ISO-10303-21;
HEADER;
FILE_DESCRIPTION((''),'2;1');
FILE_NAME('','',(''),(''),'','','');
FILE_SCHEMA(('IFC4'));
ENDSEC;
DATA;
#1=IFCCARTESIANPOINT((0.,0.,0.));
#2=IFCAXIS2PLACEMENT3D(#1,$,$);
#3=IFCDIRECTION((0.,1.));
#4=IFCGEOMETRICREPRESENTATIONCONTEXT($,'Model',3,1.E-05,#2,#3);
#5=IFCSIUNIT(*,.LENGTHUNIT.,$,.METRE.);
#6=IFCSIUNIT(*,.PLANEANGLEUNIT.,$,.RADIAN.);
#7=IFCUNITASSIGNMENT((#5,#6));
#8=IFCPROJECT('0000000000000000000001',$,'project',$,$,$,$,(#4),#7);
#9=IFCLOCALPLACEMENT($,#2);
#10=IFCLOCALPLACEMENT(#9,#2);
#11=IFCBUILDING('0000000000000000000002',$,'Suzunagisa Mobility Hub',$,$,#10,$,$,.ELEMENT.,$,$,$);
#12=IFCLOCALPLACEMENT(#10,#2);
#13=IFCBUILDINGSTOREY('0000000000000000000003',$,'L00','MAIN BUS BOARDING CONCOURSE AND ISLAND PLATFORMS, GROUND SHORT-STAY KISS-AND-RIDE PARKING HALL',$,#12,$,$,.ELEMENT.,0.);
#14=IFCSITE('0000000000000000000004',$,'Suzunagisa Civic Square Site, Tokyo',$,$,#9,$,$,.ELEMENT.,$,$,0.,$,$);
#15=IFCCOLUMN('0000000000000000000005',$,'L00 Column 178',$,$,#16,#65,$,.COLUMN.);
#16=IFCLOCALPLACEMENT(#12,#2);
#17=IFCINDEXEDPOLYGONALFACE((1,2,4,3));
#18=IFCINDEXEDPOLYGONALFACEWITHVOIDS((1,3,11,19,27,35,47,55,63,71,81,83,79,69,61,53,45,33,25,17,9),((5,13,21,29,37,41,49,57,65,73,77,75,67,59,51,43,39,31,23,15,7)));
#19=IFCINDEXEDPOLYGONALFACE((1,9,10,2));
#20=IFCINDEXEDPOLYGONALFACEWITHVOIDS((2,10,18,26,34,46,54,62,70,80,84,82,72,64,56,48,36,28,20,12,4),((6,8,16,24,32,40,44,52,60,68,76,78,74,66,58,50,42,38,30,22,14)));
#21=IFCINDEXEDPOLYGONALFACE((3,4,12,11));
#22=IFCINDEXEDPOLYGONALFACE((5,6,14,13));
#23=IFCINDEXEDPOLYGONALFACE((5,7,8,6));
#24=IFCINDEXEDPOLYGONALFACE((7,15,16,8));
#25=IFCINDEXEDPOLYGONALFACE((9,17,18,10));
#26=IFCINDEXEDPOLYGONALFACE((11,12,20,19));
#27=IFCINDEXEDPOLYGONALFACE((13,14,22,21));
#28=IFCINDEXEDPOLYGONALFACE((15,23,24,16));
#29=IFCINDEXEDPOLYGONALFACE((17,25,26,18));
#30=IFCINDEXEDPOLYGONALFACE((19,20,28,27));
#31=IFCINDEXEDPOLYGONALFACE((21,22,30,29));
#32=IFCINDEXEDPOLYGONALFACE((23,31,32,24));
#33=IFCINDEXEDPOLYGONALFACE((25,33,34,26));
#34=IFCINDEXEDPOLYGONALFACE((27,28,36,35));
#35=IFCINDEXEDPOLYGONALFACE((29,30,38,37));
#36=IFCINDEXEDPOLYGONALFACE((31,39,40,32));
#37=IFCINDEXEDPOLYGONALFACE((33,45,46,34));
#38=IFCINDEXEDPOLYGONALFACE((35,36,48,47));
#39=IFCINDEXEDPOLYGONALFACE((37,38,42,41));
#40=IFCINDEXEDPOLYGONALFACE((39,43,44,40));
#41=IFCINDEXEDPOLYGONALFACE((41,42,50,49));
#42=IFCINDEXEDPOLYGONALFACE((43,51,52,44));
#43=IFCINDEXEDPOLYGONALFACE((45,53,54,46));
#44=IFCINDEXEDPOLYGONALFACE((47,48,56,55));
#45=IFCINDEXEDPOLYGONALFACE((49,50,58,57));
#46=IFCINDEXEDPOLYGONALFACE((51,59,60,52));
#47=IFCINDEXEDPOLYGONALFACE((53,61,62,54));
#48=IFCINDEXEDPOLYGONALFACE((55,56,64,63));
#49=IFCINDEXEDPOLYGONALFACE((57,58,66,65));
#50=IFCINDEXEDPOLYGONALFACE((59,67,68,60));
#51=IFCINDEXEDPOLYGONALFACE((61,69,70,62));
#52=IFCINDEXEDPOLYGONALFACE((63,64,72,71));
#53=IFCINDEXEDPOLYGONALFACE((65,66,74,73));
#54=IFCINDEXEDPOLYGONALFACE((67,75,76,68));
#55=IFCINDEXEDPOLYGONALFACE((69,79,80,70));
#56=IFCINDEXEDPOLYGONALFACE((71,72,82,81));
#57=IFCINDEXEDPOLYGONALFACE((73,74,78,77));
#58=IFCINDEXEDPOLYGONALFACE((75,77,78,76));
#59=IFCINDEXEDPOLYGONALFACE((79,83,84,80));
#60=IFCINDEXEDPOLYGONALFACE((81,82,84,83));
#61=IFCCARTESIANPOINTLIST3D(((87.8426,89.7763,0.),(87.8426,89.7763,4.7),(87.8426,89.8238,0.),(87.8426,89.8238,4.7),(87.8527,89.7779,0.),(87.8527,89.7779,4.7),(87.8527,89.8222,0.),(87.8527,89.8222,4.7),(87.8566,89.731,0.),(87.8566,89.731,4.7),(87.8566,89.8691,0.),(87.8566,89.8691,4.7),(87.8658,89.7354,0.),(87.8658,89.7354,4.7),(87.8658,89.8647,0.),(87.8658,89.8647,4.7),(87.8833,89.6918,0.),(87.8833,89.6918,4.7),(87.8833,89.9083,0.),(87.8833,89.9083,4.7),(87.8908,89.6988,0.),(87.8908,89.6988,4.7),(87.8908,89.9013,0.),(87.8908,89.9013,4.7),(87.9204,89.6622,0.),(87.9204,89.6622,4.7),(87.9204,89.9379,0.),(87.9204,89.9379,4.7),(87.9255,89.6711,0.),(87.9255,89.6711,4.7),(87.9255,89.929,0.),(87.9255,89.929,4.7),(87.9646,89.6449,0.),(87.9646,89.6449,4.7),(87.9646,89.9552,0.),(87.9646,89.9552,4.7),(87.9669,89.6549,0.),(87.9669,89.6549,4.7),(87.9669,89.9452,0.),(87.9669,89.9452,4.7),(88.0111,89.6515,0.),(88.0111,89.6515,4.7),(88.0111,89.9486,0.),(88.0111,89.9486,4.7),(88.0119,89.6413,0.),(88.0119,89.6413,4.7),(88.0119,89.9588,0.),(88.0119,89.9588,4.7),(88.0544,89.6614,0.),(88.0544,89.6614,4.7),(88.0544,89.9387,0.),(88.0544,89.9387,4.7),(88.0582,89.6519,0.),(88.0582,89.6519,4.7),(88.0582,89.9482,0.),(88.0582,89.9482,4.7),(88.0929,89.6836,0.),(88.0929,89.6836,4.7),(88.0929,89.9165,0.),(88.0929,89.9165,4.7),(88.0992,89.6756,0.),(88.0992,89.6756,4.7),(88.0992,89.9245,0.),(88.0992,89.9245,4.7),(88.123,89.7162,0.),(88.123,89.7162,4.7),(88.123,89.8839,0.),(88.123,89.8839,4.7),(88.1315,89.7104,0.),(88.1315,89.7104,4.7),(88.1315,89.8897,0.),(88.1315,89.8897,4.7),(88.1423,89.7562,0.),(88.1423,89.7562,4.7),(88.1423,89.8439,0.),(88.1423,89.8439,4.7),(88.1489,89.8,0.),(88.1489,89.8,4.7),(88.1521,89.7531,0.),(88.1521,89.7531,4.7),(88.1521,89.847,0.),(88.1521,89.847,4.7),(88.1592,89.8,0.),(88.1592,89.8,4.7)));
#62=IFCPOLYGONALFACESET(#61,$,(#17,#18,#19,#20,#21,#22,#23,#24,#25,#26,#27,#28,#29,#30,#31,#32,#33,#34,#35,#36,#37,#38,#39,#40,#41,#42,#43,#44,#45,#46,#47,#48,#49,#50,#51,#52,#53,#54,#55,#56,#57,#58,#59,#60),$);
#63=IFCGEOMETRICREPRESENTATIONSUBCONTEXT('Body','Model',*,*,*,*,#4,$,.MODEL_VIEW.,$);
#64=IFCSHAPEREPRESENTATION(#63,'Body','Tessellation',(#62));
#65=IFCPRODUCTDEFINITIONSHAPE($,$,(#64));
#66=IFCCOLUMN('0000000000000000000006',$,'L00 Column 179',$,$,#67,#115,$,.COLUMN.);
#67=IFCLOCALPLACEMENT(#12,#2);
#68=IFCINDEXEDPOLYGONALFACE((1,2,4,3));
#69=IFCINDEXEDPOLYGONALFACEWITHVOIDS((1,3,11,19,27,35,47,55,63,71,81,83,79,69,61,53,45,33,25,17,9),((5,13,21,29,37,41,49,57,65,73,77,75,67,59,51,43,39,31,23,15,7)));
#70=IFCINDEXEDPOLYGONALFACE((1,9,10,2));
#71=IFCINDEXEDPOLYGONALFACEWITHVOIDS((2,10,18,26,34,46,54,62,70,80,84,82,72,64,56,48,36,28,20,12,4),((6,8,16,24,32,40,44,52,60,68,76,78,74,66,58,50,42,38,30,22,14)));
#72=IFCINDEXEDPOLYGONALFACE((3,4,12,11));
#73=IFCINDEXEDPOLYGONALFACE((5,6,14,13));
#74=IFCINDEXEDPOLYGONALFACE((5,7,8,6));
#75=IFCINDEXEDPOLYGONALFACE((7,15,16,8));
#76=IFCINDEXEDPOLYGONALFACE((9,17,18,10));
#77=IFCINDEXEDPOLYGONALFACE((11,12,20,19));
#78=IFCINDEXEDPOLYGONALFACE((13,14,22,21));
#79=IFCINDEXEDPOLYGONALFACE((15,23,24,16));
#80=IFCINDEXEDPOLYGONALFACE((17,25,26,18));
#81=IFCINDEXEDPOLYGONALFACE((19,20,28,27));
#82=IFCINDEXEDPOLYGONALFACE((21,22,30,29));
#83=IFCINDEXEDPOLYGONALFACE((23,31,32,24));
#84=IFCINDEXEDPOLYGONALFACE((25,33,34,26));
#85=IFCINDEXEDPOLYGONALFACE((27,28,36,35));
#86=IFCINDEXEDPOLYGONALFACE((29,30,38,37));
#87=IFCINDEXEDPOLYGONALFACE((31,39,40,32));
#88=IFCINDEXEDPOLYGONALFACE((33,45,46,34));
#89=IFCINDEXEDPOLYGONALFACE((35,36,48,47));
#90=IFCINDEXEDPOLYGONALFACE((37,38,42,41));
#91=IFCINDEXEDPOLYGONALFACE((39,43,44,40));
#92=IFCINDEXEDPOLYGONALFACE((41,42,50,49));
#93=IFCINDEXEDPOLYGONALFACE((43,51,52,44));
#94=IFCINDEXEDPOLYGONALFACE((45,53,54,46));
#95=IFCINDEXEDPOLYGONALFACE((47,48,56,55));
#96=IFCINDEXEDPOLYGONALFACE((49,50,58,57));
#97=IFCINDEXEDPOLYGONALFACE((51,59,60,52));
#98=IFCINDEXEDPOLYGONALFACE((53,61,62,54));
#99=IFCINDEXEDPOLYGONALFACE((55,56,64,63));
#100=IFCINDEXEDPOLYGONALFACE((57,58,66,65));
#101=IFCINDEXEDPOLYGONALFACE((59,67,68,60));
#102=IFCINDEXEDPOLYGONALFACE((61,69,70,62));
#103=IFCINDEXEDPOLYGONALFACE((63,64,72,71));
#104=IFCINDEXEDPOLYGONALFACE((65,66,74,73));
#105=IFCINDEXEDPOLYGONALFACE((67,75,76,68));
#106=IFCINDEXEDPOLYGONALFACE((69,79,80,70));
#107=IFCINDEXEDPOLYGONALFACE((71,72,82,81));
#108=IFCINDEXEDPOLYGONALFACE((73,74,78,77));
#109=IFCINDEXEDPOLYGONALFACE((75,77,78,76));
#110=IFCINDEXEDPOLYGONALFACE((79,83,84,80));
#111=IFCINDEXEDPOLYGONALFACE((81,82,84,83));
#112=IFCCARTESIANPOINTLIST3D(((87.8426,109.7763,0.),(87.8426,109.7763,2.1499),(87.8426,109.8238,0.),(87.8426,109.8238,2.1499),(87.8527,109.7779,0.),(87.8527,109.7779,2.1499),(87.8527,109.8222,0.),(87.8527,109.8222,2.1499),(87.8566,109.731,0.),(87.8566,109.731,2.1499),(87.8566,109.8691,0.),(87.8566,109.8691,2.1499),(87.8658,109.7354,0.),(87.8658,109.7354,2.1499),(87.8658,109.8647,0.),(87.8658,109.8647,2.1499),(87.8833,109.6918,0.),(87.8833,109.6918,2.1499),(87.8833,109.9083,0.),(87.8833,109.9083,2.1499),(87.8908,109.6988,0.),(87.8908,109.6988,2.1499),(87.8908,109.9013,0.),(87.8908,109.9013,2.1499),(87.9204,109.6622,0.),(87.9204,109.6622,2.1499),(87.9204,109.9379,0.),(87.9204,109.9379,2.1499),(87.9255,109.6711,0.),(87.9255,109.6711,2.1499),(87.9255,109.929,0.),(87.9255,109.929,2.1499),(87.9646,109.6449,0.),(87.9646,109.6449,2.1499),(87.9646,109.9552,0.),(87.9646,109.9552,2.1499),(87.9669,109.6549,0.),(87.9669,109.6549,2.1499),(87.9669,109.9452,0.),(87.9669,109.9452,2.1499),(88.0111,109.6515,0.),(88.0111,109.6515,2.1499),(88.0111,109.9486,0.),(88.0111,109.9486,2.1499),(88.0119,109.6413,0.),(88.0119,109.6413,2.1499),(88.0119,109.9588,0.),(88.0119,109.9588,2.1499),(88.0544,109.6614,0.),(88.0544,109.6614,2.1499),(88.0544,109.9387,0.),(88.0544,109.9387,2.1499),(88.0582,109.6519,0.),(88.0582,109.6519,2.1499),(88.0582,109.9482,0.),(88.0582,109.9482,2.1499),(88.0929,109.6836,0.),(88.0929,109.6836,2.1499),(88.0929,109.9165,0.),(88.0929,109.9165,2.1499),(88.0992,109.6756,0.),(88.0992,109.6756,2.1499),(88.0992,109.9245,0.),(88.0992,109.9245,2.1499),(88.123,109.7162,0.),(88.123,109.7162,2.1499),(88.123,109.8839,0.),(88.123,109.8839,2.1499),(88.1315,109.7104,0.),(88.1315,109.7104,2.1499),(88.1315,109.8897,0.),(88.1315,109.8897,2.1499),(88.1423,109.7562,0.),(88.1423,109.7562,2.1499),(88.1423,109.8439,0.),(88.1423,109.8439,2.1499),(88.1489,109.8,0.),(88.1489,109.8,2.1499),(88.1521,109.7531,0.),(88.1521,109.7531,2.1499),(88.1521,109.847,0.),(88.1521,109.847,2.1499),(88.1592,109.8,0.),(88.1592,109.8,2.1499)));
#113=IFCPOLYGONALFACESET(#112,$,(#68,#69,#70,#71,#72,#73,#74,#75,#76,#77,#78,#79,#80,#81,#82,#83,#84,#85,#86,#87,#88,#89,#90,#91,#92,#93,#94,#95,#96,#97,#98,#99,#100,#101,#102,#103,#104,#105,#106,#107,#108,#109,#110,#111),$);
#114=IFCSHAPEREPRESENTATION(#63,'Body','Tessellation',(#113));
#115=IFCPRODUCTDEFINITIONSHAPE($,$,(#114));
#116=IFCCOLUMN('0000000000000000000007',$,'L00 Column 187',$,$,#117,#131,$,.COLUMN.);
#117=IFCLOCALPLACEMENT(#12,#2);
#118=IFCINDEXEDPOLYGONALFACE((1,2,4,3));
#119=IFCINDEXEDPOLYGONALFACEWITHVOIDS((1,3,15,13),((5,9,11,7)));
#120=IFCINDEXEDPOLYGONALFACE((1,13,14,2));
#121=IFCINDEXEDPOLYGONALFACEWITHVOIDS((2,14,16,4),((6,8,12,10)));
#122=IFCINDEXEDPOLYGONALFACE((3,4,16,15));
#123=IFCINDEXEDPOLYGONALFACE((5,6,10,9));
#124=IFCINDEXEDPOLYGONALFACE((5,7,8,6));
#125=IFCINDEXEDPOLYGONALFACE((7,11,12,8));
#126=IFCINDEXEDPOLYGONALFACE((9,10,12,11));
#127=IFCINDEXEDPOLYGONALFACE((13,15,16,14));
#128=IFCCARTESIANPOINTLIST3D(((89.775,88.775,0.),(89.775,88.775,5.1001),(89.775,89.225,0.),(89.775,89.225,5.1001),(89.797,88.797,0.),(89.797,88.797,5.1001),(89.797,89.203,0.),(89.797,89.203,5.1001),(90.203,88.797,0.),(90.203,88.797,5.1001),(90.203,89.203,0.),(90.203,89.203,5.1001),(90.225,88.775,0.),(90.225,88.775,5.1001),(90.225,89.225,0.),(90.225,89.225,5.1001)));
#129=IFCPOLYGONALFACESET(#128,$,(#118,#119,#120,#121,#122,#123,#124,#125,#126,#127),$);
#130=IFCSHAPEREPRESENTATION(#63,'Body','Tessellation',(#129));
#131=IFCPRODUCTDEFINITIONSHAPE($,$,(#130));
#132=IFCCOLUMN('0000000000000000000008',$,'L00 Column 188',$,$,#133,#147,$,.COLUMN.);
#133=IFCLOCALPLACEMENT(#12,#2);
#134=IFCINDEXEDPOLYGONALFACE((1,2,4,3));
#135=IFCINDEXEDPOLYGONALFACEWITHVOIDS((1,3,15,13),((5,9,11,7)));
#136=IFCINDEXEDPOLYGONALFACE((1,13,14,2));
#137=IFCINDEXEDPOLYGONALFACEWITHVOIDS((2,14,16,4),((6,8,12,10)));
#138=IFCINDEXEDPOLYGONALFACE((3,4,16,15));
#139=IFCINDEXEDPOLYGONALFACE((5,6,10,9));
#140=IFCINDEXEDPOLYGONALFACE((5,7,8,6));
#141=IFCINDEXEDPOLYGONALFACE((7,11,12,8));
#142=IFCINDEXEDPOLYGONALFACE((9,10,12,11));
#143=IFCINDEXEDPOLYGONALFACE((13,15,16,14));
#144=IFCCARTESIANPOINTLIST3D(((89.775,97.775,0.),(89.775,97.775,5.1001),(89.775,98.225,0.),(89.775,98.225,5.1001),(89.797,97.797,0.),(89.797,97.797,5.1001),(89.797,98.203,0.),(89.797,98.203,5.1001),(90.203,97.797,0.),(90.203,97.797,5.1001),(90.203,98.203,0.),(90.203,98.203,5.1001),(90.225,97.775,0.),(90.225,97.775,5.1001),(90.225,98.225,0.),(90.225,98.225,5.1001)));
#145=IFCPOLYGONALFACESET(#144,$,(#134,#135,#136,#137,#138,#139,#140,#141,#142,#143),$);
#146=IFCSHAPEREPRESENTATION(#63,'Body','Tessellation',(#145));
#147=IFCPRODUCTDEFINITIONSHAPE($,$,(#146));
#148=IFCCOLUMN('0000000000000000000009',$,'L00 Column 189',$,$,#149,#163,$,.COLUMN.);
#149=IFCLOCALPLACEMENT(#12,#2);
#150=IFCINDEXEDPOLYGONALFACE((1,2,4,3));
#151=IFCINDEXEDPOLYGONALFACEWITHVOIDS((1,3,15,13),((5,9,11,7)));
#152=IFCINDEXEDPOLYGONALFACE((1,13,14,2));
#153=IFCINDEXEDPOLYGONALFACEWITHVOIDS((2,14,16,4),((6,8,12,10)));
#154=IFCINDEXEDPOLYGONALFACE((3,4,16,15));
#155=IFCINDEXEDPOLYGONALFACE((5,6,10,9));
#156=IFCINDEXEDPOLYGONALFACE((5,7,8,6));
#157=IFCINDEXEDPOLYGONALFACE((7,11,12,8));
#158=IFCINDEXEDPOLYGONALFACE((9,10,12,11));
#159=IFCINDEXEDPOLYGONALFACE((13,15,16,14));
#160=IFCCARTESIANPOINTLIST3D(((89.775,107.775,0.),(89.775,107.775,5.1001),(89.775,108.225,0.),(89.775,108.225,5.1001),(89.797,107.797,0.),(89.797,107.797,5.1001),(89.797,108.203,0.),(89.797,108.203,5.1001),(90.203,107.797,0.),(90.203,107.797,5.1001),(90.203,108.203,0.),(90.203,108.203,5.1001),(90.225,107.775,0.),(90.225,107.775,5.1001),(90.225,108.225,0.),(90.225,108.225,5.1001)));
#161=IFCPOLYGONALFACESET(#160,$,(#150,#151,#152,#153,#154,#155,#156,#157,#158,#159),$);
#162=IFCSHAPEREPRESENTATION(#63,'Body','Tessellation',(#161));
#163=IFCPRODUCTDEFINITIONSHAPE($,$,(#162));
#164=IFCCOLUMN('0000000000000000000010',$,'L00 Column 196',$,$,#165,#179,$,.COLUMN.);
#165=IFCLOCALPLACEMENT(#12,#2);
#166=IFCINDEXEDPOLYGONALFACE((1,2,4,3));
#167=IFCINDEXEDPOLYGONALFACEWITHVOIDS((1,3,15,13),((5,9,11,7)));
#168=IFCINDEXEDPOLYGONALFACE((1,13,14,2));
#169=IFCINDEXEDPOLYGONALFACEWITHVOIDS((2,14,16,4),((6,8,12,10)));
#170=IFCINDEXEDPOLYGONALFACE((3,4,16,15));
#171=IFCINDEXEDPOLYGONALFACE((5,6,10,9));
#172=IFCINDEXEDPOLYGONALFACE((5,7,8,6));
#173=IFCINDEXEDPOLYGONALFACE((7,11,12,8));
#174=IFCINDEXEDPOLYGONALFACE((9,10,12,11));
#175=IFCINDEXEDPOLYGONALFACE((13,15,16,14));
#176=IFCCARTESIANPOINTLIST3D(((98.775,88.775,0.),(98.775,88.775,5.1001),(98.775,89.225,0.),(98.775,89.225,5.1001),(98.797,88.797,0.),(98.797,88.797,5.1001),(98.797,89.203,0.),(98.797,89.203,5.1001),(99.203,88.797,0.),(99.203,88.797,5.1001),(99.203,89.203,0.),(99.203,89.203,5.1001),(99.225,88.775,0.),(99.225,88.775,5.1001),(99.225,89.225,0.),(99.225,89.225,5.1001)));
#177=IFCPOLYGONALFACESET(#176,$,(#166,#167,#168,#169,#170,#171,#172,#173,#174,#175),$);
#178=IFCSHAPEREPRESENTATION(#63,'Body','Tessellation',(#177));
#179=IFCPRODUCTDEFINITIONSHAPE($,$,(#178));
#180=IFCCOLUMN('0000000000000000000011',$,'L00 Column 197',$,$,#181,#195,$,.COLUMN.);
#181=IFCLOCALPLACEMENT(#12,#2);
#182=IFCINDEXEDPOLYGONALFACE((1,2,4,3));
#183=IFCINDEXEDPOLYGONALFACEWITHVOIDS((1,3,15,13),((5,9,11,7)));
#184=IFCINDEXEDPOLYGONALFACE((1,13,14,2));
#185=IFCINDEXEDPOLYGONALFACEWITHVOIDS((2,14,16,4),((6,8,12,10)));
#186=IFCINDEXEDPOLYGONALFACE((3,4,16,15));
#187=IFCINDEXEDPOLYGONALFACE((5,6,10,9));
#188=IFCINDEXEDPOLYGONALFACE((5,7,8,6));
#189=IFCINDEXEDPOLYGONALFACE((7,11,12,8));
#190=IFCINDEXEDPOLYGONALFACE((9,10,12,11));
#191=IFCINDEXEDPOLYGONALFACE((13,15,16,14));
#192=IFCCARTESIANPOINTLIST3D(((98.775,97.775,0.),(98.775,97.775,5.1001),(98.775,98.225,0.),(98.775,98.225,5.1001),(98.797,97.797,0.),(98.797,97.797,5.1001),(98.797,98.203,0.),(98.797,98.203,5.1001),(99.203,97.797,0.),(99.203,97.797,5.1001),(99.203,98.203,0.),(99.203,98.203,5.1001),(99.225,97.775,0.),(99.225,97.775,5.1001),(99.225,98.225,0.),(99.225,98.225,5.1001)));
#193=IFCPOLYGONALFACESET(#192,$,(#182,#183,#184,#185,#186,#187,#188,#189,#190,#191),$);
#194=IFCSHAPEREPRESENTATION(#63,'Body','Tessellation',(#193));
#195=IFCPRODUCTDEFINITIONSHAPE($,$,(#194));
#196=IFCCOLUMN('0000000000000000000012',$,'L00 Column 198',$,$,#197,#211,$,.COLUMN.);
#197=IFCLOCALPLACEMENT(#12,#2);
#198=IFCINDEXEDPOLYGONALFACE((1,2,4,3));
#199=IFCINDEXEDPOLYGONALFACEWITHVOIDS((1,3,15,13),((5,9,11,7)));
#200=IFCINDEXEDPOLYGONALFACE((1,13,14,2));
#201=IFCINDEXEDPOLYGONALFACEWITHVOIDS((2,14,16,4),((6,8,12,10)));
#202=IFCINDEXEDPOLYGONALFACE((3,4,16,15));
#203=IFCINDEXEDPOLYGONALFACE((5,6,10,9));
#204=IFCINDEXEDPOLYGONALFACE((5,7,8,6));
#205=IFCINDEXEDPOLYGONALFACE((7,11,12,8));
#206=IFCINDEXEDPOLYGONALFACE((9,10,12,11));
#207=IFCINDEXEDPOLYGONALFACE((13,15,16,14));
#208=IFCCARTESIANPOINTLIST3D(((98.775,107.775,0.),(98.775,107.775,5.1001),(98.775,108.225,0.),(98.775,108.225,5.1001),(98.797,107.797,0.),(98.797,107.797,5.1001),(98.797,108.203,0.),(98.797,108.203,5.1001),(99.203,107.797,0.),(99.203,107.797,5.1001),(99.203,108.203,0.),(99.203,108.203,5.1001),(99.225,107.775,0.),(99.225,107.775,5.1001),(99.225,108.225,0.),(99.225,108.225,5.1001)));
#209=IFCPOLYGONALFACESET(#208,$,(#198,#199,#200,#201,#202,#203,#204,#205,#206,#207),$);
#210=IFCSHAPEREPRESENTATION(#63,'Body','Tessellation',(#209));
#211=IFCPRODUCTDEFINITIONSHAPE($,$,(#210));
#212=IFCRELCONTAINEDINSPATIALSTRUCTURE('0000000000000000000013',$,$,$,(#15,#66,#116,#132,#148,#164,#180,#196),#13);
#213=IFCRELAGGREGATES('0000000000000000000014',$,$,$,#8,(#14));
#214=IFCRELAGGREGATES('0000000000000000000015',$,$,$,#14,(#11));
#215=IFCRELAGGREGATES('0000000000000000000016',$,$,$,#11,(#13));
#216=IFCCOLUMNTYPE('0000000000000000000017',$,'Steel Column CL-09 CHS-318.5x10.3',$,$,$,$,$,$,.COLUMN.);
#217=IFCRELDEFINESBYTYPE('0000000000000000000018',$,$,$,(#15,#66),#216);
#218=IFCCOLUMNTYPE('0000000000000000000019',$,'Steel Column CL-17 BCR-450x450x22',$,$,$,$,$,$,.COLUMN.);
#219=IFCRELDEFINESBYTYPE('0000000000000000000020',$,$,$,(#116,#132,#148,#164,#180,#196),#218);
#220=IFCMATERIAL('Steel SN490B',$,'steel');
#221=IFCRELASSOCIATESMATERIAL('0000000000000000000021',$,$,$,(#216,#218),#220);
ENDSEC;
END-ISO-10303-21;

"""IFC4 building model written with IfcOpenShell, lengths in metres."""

from ifc_helpers import new_model, si_unit, direction, frame, origin, origin_2d, place, context, subcontext, project, spatial, hollow_rectangle, hollow_circle, extrude, material, material_profile, profile_set, type_object, element, save


model = new_model("IFC4")

# Units and contexts
model_context = context("Model", 3, precision=1e-05, world=origin(), true_north=direction((0.0, 1.0)))
body_context = subcontext(model_context, "Body", "Model", "MODEL_VIEW")
ifc_project = project(units=[si_unit("LENGTHUNIT", "METRE"), si_unit("PLANEANGLEUNIT", "RADIAN")], contexts=[model_context])

# Site, building, storey
site_placement = place(None, origin())
site = spatial("IfcSite", under=ifc_project, at=site_placement, Name="Suzunagisa Civic Square Site, Tokyo", CompositionType="ELEMENT", RefElevation=0.0)
building_placement = place(site_placement, origin())
building = spatial("IfcBuilding", under=site, at=building_placement, Name="Suzunagisa Mobility Hub", CompositionType="ELEMENT")
storey_placement = place(building_placement, origin())
storey = spatial("IfcBuildingStorey", under=building, at=storey_placement, Name="L00", Description="MAIN BUS BOARDING CONCOURSE AND ISLAND PLATFORMS, GROUND SHORT-STAY KISS-AND-RIDE PARKING HALL", CompositionType="ELEMENT", Elevation=0.0)

# Columns
ifc_material_1 = material(Name="Steel SN490B", Category="steel")
ifc_material_profile_1 = material_profile(ifc_material_1, hollow_circle(Radius=0.1592, WallThickness=0.0103, at=origin_2d()), Name="CHS-318.5x10.3")
ifc_profile_set_1 = profile_set([ifc_material_profile_1], Name="Steel SN490B")
column_type_1 = type_object("IfcColumnType", Name="Steel Column CL-09 CHS-318.5x10.3", PredefinedType="COLUMN", material=ifc_profile_set_1)
column_1_placement = place(storey_placement, frame((88.0, 89.8, 0.0), z_axis=(0.0, 0.0, 1.0), x_axis=(1.0, 0.0, 0.0)))
element("IfcColumn", 1, at=column_1_placement, inside=storey, type_object=column_type_1, Name="L00 Column 178", PredefinedType="COLUMN", context=body_context, shape_type="SweptSolid", body=[
    extrude(hollow_circle(Radius=0.1592, WallThickness=0.0103, at=origin_2d()), origin(), (0.0, 0.0, 1.0), 4.7),
])
column_2_placement = place(storey_placement, frame((88.0, 109.8, 0.0), z_axis=(0.0, 0.0, 1.0), x_axis=(1.0, 0.0, 0.0)))
element("IfcColumn", 2, at=column_2_placement, inside=storey, type_object=column_type_1, Name="L00 Column 179", PredefinedType="COLUMN", context=body_context, shape_type="SweptSolid", body=[
    extrude(hollow_circle(Radius=0.1592, WallThickness=0.0103, at=origin_2d()), origin(), (0.0, 0.0, 1.0), 2.1499),
])
ifc_material_profile_2 = material_profile(ifc_material_1, hollow_rectangle(XDim=0.45, YDim=0.45, WallThickness=0.022, at=origin_2d()), Name="BCR-450x450x22")
ifc_profile_set_2 = profile_set([ifc_material_profile_2], Name="Steel SN490B")
column_type_2 = type_object("IfcColumnType", Name="Steel Column CL-17 BCR-450x450x22", PredefinedType="COLUMN", material=ifc_profile_set_2)
for number, where, z_axis, x_axis, name in (
    (3, (90.0, 89.0, 0.0), (0.0, 0.0, 1.0), (1.0, 0.0, 0.0), "L00 Column 187"),
    (4, (90.0, 98.0, 0.0), (0.0, 0.0, 1.0), (1.0, 0.0, 0.0), "L00 Column 188"),
    (5, (90.0, 108.0, 0.0), (0.0, 0.0, 1.0), (1.0, 0.0, 0.0), "L00 Column 189"),
    (6, (99.0, 89.0, 0.0), (0.0, 0.0, 1.0), (1.0, 0.0, 0.0), "L00 Column 196"),
    (7, (99.0, 98.0, 0.0), (0.0, 0.0, 1.0), (1.0, 0.0, 0.0), "L00 Column 197"),
    (8, (99.0, 108.0, 0.0), (0.0, 0.0, 1.0), (1.0, 0.0, 0.0), "L00 Column 198"),
):
    element("IfcColumn", number, at=place(storey_placement, frame(where, z_axis=z_axis, x_axis=x_axis)), inside=storey, type_object=column_type_2, Name=name, PredefinedType="COLUMN", context=body_context, shape_type="SweptSolid", body=[
        extrude(hollow_rectangle(XDim=0.45, YDim=0.45, WallThickness=0.022, at=origin_2d()), origin(), (0.0, 0.0, 1.0), 5.1001),
    ])

save(model, "model.ifc")
